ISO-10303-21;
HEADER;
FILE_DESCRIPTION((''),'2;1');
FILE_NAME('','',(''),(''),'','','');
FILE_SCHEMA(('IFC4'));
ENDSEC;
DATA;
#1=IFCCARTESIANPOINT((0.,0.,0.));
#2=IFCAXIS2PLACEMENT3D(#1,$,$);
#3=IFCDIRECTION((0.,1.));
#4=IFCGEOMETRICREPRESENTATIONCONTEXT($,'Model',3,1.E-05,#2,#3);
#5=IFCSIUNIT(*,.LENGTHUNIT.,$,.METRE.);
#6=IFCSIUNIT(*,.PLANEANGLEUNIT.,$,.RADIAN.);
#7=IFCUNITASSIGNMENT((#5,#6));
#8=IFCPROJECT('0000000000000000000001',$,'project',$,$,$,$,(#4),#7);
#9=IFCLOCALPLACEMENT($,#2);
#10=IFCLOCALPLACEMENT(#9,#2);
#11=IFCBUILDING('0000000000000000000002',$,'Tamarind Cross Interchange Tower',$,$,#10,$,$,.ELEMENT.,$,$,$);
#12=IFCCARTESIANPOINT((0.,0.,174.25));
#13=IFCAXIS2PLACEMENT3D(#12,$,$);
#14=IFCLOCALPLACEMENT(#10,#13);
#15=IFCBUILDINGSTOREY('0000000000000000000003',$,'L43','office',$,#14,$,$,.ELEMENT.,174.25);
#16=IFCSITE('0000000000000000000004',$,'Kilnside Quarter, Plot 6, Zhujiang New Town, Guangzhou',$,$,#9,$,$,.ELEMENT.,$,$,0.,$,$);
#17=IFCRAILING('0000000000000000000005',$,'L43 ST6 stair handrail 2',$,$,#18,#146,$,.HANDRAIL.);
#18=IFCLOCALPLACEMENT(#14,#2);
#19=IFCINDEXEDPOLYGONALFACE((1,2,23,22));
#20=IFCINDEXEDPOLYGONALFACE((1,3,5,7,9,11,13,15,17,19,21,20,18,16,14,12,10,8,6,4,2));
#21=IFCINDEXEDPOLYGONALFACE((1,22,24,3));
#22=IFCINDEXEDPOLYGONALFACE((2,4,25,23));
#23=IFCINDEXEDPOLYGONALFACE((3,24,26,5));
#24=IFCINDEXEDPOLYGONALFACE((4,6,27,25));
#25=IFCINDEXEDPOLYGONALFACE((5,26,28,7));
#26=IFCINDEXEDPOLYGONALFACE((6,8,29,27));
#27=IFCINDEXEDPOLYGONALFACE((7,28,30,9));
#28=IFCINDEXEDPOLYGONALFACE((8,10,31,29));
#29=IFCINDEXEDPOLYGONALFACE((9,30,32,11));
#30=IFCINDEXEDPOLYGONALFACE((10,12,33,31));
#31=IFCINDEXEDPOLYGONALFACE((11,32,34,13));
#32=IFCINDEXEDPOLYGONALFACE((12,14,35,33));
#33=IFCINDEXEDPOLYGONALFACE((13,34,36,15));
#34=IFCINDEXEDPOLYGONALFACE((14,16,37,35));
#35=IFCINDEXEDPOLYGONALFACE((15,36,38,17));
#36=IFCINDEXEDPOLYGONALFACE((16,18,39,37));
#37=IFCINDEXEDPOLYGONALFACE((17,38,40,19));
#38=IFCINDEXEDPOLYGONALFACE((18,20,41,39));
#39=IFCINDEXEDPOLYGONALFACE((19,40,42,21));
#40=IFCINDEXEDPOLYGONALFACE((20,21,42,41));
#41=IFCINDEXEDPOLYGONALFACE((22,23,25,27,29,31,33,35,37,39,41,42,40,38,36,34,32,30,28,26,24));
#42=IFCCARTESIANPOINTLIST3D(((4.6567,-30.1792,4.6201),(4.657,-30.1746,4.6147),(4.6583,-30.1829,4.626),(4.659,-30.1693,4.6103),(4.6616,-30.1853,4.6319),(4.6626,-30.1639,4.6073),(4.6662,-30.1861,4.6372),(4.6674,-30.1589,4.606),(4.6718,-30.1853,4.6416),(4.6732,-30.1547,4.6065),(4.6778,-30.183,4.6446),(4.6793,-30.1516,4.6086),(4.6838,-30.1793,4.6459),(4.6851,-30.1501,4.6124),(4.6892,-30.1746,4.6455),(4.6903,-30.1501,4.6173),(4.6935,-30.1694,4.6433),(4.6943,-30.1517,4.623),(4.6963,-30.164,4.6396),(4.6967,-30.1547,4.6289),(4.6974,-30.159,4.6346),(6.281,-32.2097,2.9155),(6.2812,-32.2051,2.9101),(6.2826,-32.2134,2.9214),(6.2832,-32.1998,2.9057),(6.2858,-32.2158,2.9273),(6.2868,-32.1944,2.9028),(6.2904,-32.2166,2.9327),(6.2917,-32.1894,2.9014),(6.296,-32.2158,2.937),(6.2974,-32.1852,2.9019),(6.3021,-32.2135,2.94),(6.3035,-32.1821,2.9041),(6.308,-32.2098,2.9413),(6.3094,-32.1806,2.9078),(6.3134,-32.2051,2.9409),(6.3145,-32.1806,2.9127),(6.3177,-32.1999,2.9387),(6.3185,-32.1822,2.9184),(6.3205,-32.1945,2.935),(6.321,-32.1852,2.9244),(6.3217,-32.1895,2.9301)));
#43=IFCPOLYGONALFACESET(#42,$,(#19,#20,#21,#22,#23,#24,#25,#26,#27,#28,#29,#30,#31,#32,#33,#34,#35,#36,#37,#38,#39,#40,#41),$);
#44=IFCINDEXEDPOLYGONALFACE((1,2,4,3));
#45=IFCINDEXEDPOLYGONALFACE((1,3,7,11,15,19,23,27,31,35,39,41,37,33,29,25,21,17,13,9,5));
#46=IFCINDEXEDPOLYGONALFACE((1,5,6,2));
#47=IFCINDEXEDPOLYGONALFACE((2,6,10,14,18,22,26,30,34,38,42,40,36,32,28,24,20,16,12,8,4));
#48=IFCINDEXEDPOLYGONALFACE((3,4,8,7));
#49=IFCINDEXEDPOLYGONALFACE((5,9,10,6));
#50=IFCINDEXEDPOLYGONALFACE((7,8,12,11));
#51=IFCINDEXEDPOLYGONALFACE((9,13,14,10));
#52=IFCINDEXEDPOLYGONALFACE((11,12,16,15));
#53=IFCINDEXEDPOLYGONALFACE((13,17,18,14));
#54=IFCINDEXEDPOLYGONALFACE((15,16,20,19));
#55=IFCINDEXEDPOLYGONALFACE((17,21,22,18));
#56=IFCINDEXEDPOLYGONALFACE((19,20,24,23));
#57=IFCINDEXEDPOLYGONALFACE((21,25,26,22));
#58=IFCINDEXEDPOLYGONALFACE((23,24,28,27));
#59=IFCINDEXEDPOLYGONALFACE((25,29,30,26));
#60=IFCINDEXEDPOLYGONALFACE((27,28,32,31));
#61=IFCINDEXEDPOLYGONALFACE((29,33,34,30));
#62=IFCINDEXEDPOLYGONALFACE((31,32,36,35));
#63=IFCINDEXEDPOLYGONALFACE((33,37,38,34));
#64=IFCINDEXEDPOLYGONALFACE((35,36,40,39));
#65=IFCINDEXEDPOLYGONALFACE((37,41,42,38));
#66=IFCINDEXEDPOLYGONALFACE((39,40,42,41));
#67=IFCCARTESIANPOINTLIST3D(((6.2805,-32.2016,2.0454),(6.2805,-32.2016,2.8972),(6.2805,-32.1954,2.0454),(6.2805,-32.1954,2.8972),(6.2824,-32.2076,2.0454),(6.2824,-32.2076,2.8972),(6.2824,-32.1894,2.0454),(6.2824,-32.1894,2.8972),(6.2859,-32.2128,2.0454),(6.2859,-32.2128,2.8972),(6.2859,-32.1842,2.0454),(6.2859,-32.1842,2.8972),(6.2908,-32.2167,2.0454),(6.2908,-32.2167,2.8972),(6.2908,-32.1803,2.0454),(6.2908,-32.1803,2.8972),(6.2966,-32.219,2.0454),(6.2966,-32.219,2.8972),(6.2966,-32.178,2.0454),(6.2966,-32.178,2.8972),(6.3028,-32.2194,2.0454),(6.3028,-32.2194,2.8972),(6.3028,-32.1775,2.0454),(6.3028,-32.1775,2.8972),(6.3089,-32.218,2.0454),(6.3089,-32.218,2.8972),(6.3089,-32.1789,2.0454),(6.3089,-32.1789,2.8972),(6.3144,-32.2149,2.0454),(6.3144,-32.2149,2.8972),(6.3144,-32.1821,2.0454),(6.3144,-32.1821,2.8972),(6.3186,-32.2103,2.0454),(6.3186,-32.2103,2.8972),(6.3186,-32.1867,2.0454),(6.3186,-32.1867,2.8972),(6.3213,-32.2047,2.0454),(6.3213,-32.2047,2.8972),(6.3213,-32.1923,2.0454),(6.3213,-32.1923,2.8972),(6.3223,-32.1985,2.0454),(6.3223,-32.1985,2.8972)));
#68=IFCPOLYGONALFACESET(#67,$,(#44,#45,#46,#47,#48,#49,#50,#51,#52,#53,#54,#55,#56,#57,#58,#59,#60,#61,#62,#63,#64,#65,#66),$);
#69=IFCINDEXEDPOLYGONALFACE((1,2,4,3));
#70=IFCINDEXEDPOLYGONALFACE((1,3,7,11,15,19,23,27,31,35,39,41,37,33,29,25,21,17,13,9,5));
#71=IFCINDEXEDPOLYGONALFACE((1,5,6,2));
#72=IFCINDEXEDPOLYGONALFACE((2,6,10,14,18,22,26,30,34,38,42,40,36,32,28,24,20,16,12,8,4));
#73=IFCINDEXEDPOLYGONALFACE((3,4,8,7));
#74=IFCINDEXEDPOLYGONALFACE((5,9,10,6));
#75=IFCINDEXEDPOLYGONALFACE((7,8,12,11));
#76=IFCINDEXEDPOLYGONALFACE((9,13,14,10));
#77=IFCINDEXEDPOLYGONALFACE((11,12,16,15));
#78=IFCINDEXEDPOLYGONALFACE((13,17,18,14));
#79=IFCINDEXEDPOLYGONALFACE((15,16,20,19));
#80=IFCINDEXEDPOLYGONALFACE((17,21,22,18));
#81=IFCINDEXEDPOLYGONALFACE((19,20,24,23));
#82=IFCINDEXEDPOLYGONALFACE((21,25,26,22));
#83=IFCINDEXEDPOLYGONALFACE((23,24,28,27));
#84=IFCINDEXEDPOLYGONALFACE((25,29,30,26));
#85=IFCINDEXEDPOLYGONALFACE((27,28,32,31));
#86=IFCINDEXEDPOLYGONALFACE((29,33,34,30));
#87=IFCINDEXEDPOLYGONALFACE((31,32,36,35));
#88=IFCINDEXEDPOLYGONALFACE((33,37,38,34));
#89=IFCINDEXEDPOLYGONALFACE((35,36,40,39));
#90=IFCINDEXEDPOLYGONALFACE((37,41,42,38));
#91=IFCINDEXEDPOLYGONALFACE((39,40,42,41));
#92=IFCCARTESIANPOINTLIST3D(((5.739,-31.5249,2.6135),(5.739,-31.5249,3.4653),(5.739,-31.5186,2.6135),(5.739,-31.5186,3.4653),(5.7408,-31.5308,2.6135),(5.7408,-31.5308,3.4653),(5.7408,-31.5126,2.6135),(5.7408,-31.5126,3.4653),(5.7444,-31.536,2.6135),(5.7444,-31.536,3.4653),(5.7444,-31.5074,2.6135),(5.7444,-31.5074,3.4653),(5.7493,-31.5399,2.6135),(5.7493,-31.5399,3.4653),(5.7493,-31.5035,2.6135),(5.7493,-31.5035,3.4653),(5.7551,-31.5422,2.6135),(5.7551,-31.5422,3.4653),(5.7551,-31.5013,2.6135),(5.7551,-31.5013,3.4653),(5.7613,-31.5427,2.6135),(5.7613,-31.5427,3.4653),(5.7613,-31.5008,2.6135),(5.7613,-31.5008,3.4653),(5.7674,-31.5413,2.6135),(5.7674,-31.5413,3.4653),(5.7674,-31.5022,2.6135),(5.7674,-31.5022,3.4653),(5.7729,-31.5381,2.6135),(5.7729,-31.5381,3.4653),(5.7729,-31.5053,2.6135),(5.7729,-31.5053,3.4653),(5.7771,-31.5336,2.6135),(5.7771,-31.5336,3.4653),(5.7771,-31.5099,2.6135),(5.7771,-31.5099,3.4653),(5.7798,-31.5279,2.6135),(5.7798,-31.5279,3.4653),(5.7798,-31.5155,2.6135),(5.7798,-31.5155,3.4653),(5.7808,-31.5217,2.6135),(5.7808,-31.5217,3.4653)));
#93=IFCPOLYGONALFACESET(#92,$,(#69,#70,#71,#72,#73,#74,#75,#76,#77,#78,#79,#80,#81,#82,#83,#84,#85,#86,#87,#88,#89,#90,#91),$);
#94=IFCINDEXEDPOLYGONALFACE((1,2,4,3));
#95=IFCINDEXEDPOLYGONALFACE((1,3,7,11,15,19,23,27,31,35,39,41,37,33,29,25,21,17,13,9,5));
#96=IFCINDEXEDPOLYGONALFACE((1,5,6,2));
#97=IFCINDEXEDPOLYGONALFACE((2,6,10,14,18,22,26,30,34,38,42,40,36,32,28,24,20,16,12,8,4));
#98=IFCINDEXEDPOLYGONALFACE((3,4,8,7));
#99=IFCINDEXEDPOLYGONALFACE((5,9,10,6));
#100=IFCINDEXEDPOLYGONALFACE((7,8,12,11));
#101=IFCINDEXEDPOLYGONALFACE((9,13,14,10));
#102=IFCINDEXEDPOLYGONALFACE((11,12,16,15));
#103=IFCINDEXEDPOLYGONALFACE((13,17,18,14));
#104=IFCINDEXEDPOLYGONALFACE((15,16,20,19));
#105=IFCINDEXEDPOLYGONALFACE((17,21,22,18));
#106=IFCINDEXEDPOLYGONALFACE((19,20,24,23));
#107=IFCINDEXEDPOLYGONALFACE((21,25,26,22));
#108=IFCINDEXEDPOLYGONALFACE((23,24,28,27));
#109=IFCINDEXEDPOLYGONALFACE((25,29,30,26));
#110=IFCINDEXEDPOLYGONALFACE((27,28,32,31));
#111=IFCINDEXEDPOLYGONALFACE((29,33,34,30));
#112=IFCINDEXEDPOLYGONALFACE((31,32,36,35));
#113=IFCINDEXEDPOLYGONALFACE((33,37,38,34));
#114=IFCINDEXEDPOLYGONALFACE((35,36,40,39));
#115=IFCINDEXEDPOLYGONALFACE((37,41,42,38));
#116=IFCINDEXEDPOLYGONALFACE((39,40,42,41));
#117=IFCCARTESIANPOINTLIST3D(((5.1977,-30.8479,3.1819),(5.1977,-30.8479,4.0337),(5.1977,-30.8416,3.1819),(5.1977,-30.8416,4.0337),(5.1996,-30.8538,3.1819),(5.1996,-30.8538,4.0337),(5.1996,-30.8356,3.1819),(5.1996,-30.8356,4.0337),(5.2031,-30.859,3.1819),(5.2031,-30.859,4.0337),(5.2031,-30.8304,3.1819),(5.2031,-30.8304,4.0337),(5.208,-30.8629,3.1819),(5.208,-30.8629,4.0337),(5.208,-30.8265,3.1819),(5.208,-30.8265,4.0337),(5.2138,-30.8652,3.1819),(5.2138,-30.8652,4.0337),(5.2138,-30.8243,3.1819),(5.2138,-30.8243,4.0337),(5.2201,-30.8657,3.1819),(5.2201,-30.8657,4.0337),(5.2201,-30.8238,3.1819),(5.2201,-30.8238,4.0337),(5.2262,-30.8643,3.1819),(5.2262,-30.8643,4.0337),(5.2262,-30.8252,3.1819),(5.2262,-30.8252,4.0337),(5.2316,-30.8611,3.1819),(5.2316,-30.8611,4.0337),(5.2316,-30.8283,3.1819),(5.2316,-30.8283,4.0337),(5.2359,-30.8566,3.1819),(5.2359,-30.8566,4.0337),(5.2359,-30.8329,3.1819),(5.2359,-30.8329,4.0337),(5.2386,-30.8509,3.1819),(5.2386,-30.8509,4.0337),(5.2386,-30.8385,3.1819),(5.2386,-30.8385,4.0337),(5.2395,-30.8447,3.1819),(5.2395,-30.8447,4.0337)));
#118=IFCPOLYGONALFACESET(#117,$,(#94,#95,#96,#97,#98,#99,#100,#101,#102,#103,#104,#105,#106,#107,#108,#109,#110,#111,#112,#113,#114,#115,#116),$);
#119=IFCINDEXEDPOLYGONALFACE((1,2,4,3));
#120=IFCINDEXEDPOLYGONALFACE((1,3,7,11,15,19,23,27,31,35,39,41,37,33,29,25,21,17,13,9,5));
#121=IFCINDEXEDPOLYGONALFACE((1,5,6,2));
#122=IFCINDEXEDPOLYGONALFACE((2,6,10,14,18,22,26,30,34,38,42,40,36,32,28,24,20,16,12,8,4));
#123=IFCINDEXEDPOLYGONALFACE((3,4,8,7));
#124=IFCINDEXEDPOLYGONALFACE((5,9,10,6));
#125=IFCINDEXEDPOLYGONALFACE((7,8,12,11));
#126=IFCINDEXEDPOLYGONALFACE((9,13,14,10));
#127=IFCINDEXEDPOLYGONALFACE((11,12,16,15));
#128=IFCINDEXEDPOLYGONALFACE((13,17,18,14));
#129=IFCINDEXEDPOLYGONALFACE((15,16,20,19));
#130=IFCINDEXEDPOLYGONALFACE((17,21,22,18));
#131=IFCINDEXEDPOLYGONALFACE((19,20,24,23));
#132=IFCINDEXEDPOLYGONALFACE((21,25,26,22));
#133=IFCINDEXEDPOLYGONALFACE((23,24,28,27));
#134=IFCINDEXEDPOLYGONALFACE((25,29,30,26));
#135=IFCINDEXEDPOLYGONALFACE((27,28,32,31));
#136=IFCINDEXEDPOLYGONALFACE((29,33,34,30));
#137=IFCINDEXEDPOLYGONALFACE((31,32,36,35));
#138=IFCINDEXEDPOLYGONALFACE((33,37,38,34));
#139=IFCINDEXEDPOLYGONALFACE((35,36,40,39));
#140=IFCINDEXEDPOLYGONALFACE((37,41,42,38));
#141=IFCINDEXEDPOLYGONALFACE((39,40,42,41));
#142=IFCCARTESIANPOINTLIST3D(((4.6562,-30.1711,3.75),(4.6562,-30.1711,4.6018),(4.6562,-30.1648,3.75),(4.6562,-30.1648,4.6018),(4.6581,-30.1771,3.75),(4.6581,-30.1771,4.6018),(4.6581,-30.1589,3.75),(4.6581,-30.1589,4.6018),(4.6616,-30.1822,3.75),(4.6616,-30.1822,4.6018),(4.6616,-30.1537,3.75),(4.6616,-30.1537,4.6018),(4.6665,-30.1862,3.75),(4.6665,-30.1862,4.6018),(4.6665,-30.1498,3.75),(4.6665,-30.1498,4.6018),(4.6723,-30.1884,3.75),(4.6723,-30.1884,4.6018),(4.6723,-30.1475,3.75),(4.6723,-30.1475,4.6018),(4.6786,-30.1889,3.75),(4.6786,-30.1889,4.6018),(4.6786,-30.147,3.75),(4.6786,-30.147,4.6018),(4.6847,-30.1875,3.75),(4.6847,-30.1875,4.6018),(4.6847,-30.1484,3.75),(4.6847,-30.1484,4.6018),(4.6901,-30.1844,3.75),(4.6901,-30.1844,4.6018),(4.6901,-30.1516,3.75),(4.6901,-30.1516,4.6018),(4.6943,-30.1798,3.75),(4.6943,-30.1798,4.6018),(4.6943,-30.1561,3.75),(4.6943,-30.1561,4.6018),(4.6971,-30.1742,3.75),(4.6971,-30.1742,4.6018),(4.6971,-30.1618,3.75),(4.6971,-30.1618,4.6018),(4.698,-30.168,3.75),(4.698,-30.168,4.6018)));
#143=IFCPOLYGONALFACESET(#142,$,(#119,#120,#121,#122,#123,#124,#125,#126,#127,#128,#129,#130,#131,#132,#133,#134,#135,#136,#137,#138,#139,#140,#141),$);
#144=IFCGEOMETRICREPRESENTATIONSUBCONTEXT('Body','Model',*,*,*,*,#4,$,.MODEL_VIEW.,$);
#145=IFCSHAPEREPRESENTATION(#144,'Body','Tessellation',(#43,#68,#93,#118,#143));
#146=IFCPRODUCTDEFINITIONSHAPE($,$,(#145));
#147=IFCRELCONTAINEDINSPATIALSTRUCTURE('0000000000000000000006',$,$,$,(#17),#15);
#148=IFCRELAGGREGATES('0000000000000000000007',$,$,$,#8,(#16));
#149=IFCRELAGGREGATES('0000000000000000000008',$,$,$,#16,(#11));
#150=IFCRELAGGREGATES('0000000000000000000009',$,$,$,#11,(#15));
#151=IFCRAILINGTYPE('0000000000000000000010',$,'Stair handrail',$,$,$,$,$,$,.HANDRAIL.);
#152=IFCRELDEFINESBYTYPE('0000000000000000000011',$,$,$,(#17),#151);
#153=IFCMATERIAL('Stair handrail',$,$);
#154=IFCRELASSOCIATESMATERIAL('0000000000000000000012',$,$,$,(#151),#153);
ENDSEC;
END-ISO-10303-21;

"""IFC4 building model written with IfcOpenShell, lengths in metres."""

from ifc_helpers import new_model, si_unit, direction, frame, origin, origin_2d, place, context, subcontext, project, spatial, circle, extrude, material, type_object, element, save


model = new_model("IFC4")

# Units and contexts
model_context = context("Model", 3, precision=1e-05, world=origin(), true_north=direction((0.0, 1.0)))
body_context = subcontext(model_context, "Body", "Model", "MODEL_VIEW")
ifc_project = project(units=[si_unit("LENGTHUNIT", "METRE"), si_unit("PLANEANGLEUNIT", "RADIAN")], contexts=[model_context])

# Site, building, storey
site_placement = place(None, origin())
site = spatial("IfcSite", under=ifc_project, at=site_placement, Name="Kilnside Quarter, Plot 6, Zhujiang New Town, Guangzhou", CompositionType="ELEMENT", RefElevation=0.0)
building_placement = place(site_placement, origin())
building = spatial("IfcBuilding", under=site, at=building_placement, Name="Tamarind Cross Interchange Tower", CompositionType="ELEMENT")
storey_placement = place(building_placement, frame((0.0, 0.0, 174.25)))
storey = spatial("IfcBuildingStorey", under=building, at=storey_placement, Name="L43", Description="office", CompositionType="ELEMENT", Elevation=174.25)

# Railing
ifc_material_1 = material(Name="Stair handrail")
railing_type_1 = type_object("IfcRailingType", Name="Stair handrail", PredefinedType="HANDRAIL", material=ifc_material_1)
railing_1_placement = place(storey_placement, frame((6.3013, -32.1985, 2.0454)))
element("IfcRailing", 1, at=railing_1_placement, inside=storey, type_object=railing_type_1, Name="L43 ST6 stair handrail 2", PredefinedType="HANDRAIL", context=body_context, shape_type="SweptSolid", body=[
    extrude(circle(Radius=0.0239, at=origin_2d()), frame((0.0, 0.0, 0.876), z_axis=(-0.522414, 0.653076, 0.548248), x_axis=(-0.780896, -0.624661, 0.0)), (0.0, 0.0, 1.0), 3.1091),
    extrude(circle(Radius=0.021, at=origin_2d()), origin(), (0.0, 0.0, 1.0), 0.8518),
    extrude(circle(Radius=0.021, at=origin_2d()), frame((-0.5415, 0.6768, 0.5681)), (0.0, 0.0, 1.0), 0.8518),
    extrude(circle(Radius=0.021, at=origin_2d()), frame((-1.0828, 1.3538, 1.1365)), (0.0, 0.0, 1.0), 0.8518),
    extrude(circle(Radius=0.021, at=origin_2d()), frame((-1.6243, 2.0305, 1.7046)), (0.0, 0.0, 1.0), 0.8518),
])

save(model, "model.ifc")
